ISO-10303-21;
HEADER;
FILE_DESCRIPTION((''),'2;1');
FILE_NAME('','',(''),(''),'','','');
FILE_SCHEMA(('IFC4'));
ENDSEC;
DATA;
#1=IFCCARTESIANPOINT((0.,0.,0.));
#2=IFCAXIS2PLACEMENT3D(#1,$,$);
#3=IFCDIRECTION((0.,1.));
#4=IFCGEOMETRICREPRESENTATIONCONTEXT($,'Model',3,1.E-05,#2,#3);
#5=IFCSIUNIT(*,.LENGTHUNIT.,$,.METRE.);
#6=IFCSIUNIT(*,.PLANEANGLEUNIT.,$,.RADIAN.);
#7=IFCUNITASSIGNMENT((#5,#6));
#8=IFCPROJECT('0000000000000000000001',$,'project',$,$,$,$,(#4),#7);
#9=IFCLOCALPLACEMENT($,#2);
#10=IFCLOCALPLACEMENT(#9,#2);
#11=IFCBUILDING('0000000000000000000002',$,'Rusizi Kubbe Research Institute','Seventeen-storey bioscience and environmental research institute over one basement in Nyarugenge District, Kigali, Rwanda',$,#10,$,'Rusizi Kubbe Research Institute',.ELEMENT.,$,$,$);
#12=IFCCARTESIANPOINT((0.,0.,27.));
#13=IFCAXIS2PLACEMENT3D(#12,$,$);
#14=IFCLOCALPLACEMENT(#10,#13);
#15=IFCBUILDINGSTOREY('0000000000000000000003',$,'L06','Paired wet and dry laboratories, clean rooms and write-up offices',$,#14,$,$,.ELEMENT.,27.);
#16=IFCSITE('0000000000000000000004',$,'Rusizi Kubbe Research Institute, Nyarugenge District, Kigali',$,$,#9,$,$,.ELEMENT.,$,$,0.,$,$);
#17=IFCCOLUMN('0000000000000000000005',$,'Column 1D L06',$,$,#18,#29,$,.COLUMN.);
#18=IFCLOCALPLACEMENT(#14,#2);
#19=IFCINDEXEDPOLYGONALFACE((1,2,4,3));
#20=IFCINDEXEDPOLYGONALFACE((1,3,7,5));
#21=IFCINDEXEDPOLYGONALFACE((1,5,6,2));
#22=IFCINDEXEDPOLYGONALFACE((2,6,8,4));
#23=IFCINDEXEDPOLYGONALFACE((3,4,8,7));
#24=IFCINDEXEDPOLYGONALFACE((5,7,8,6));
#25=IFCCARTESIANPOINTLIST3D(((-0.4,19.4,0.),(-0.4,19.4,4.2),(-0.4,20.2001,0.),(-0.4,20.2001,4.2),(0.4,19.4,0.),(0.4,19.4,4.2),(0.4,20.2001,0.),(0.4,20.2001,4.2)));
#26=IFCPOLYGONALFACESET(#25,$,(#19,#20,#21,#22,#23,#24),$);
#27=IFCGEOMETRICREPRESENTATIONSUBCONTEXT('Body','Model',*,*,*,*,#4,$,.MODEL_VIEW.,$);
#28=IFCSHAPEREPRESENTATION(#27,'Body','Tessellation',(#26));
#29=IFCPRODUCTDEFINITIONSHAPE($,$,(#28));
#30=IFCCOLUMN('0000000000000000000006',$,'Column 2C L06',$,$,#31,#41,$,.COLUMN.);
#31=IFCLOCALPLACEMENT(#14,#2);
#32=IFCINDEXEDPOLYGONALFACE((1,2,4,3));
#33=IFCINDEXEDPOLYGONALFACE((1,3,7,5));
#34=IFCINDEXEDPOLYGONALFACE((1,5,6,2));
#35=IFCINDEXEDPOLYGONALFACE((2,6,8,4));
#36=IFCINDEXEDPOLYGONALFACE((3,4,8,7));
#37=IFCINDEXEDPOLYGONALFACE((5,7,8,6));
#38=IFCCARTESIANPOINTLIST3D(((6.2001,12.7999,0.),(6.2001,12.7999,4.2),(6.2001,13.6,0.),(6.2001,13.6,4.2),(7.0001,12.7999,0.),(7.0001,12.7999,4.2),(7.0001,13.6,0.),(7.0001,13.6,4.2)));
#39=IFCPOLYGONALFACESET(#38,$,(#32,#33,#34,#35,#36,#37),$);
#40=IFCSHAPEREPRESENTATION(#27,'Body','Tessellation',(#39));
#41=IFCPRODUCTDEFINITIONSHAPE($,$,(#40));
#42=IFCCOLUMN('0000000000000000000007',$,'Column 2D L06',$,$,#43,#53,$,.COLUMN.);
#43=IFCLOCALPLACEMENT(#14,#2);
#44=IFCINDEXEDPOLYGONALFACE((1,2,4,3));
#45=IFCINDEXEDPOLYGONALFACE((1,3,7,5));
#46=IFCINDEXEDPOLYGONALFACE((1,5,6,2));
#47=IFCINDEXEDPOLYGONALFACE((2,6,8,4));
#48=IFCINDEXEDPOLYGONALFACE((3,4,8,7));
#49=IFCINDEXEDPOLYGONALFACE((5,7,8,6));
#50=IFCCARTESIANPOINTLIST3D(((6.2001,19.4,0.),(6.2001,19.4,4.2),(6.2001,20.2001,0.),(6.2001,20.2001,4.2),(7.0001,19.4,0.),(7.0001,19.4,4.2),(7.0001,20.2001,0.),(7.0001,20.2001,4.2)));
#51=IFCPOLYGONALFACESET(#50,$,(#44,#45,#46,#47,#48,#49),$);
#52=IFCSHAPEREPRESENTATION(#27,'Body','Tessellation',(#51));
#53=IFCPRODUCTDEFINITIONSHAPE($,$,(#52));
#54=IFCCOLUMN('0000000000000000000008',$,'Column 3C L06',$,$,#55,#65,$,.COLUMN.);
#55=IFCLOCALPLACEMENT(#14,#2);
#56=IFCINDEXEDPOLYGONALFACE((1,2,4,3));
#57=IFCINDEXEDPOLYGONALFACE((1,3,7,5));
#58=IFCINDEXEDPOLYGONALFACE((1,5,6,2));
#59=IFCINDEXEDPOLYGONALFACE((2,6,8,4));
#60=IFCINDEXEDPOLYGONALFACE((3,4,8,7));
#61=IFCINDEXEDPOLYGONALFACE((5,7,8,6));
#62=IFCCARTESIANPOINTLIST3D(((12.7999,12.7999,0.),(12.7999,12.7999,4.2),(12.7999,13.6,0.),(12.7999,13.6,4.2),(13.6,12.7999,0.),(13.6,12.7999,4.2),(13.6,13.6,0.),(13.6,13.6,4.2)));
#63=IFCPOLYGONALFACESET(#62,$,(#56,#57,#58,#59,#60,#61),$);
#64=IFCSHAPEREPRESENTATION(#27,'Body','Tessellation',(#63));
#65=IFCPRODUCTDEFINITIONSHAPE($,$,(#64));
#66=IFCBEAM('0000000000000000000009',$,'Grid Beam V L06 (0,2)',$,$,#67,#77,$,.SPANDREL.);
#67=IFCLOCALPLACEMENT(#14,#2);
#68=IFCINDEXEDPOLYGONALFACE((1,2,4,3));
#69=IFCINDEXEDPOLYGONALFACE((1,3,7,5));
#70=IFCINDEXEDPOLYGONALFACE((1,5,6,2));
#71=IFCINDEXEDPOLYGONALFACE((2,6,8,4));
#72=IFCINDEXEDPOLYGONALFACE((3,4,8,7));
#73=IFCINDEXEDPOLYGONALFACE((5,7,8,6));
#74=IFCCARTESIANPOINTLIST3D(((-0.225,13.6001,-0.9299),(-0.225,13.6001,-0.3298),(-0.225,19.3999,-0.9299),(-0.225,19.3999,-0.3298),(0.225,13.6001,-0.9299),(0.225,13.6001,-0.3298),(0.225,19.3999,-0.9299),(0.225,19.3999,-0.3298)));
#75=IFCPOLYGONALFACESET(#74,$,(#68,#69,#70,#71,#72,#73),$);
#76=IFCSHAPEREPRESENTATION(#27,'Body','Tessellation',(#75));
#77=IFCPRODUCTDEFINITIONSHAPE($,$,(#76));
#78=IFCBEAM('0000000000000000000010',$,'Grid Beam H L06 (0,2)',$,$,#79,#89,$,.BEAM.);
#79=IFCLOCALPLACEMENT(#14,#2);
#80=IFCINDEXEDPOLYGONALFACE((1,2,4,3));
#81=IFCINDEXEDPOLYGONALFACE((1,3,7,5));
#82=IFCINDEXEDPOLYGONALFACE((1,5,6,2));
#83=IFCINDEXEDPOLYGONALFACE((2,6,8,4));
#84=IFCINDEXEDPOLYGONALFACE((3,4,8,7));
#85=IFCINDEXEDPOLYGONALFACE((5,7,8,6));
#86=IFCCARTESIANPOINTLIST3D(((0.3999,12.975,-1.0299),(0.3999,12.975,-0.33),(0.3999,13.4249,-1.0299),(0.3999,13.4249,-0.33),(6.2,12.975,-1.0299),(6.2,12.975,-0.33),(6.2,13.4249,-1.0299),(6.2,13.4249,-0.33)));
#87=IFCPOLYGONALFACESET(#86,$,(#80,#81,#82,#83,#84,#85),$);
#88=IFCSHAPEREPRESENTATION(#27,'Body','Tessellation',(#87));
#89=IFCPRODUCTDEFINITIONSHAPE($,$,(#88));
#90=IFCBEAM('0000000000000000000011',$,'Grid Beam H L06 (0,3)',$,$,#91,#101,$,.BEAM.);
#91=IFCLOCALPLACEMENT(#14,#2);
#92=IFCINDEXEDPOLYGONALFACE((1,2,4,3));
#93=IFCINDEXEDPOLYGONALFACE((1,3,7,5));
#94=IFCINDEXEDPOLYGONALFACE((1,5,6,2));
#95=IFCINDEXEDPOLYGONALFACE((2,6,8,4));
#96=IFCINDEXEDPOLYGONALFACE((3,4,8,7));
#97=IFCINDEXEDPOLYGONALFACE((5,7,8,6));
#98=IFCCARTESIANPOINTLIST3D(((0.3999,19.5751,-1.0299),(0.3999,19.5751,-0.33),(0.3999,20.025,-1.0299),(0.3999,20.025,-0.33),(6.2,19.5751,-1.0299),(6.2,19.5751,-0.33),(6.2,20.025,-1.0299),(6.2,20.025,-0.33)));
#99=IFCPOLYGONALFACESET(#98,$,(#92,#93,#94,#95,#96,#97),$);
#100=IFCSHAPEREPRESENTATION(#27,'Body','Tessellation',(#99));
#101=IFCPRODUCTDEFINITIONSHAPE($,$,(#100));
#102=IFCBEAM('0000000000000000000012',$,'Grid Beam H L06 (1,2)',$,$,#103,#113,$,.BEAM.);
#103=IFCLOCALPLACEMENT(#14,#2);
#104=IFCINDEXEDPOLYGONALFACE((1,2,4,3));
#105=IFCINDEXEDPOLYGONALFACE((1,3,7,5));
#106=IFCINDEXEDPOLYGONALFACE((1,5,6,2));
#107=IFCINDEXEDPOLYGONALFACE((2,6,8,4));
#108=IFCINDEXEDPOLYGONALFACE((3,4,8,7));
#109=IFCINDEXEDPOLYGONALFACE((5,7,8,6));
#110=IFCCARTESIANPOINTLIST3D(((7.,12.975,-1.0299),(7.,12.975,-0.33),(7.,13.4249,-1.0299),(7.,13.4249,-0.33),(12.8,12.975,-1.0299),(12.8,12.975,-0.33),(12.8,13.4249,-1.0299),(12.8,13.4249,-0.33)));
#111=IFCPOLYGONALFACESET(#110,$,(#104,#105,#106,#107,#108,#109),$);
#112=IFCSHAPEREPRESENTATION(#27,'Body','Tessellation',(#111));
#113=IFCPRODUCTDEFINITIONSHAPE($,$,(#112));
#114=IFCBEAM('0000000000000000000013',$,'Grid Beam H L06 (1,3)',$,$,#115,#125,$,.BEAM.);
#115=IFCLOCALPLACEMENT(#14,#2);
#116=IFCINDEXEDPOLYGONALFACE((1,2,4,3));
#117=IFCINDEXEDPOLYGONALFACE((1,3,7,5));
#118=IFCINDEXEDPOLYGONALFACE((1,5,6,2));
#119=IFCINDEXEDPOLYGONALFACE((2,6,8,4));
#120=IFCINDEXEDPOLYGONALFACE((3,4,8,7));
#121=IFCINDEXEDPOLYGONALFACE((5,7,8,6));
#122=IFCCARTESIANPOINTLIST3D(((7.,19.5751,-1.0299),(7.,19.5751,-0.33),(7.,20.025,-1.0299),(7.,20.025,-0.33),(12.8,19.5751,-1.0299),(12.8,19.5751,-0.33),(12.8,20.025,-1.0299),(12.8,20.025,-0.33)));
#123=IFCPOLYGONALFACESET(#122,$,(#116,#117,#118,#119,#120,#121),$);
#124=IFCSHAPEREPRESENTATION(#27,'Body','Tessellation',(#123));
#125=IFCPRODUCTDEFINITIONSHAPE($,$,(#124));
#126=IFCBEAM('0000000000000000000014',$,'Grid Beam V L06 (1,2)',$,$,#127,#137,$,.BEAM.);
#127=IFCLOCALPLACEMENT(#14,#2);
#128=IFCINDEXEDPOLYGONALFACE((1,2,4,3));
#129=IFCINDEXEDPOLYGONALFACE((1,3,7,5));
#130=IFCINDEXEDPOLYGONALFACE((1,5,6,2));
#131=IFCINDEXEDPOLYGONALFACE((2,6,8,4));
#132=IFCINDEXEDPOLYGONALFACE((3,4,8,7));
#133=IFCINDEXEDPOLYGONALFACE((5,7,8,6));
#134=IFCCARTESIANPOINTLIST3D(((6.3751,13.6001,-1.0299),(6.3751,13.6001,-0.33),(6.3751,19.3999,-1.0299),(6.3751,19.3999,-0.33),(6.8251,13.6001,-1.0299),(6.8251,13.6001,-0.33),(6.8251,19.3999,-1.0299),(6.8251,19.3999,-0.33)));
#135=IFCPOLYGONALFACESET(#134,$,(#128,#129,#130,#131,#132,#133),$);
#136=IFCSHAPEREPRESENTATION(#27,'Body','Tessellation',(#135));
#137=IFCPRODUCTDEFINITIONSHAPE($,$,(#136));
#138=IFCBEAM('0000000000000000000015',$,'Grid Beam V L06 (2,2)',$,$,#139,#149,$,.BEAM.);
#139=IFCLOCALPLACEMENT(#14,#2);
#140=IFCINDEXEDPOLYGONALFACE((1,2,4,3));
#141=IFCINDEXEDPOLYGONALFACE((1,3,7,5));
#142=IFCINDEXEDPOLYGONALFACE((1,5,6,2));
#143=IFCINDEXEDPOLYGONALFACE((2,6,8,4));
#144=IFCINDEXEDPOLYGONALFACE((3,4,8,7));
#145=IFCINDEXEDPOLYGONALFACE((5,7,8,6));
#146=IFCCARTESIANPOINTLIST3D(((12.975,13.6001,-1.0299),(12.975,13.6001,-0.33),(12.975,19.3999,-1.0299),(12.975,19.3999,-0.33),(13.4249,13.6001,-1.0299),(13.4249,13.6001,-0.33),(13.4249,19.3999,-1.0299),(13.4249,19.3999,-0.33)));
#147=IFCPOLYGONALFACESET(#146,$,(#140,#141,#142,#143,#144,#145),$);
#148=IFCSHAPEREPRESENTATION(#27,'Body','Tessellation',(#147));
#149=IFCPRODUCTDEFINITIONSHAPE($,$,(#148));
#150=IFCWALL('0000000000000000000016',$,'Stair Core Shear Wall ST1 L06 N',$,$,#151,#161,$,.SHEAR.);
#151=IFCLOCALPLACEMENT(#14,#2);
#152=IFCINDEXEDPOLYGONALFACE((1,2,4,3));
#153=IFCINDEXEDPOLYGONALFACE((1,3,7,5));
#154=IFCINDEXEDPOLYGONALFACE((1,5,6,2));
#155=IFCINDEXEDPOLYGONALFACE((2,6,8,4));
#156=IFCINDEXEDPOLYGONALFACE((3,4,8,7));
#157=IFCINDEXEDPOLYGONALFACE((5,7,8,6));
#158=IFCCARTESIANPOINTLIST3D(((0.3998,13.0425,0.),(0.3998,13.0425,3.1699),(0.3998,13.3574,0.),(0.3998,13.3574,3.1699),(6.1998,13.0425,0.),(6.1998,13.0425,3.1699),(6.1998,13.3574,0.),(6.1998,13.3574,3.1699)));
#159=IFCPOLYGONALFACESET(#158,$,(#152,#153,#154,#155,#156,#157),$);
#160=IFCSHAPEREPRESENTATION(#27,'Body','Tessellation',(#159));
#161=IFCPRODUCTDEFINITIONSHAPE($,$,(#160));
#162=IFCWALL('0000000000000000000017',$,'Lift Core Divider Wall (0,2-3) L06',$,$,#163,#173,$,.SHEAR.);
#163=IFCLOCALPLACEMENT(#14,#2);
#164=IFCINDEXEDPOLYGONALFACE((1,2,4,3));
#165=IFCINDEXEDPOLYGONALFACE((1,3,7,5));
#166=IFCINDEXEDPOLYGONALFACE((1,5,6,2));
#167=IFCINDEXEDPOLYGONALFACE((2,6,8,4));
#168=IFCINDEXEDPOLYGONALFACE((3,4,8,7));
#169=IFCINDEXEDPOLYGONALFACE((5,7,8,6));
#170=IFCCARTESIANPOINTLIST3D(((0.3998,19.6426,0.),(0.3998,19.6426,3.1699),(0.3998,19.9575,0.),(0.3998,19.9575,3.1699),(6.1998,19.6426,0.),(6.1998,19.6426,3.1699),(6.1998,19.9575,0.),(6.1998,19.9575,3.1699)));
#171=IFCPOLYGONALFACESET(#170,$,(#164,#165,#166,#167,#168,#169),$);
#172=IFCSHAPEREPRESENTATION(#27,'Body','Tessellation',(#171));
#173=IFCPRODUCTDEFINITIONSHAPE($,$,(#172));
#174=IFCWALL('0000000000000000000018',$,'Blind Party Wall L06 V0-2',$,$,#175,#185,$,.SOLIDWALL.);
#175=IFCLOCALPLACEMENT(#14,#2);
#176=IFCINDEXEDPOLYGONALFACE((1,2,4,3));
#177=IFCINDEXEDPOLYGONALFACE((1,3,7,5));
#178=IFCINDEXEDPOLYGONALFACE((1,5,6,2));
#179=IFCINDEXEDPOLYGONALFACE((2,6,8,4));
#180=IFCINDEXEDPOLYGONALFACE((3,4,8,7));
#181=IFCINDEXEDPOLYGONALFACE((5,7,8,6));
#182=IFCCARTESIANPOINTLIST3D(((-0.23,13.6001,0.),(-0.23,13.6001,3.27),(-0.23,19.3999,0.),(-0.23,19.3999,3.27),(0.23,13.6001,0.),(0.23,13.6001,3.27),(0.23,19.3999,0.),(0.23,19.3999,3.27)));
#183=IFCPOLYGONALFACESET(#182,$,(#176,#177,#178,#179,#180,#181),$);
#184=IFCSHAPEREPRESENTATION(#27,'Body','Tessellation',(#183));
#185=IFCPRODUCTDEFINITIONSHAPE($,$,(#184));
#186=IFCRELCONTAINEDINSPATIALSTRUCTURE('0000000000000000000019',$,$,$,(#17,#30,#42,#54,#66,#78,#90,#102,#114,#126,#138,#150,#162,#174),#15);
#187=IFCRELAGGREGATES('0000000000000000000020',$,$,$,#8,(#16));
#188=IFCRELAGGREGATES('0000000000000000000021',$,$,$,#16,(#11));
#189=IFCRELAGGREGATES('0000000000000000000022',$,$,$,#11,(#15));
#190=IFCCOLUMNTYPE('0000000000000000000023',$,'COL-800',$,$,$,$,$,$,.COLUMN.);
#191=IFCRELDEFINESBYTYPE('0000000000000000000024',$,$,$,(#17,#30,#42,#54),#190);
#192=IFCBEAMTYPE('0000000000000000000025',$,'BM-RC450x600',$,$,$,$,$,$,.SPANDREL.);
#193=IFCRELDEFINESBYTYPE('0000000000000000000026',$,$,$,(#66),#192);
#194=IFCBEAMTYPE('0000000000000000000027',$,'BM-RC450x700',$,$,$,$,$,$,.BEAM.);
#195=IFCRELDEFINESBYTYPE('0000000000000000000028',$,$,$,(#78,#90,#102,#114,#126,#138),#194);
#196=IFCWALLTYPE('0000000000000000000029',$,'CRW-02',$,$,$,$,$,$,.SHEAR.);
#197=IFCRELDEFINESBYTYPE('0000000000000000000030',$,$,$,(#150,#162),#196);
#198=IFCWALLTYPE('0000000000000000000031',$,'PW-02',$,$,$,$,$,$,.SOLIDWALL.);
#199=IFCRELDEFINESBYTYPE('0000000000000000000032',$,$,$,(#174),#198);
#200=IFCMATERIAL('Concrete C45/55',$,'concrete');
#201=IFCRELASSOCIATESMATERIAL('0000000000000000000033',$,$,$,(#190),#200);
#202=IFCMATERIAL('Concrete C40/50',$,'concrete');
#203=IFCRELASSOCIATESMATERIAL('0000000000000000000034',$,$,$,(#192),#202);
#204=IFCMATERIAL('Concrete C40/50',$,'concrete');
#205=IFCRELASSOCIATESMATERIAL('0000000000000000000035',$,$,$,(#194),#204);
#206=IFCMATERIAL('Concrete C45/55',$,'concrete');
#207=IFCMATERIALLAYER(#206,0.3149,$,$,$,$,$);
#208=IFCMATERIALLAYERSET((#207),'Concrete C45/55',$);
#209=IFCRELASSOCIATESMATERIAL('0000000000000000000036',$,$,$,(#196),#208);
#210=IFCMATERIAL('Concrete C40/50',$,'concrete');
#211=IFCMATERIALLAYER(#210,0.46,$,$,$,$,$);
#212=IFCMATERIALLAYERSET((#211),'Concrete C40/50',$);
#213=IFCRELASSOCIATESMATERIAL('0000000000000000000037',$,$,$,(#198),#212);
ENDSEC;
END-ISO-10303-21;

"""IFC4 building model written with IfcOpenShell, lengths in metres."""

from ifc_helpers import new_model, si_unit, direction, frame, frame_2d, origin, origin_2d, place, context, subcontext, project, spatial, rectangle, extrude, material, layer, layer_set, material_profile, profile_set, type_object, element, save


model = new_model("IFC4")

# Units and contexts
model_context = context("Model", 3, precision=1e-05, world=origin(), true_north=direction((0.0, 1.0)))
body_context = subcontext(model_context, "Body", "Model", "MODEL_VIEW")
ifc_project = project(units=[si_unit("LENGTHUNIT", "METRE"), si_unit("PLANEANGLEUNIT", "RADIAN")], contexts=[model_context])

# Site, building, storey
site_placement = place(None, origin())
site = spatial("IfcSite", under=ifc_project, at=site_placement, Name="Rusizi Kubbe Research Institute, Nyarugenge District, Kigali", CompositionType="ELEMENT", RefElevation=0.0)
building_placement = place(site_placement, origin())
building = spatial("IfcBuilding", under=site, at=building_placement, Name="Rusizi Kubbe Research Institute", Description="Seventeen-storey bioscience and environmental research institute over one basement in Nyarugenge District, Kigali, Rwanda", LongName="Rusizi Kubbe Research Institute", CompositionType="ELEMENT")
storey_placement = place(building_placement, frame((0.0, 0.0, 27.0)))
storey = spatial("IfcBuildingStorey", under=building, at=storey_placement, Name="L06", Description="Paired wet and dry laboratories, clean rooms and write-up offices", CompositionType="ELEMENT", Elevation=27.0)

# Columns
ifc_material_1 = material(Name="Concrete C45/55", Category="concrete")
ifc_material_profile_1 = material_profile(ifc_material_1, rectangle(XDim=0.8, YDim=0.8, at=origin_2d()), Name="RC800x800")
ifc_profile_set_1 = profile_set([ifc_material_profile_1], Name="Concrete C45/55")
column_type = type_object("IfcColumnType", Name="COL-800", PredefinedType="COLUMN", material=ifc_profile_set_1)
for number, where, z_axis, x_axis, name in (
    (1, (0.0, 19.8, 0.0), (0.0, 0.0, 1.0), (1.0, 0.0, 0.0), "Column 1D L06"),
    (2, (6.6001, 13.2, 0.0), (0.0, 0.0, 1.0), (1.0, 0.0, 0.0), "Column 2C L06"),
    (3, (6.6001, 19.8, 0.0), (0.0, 0.0, 1.0), (1.0, 0.0, 0.0), "Column 2D L06"),
    (4, (13.2, 13.2, 0.0), (0.0, 0.0, 1.0), (1.0, 0.0, 0.0), "Column 3C L06"),
):
    element("IfcColumn", number, at=place(storey_placement, frame(where, z_axis=z_axis, x_axis=x_axis)), inside=storey, type_object=column_type, Name=name, PredefinedType="COLUMN", context=body_context, shape_type="SweptSolid", body=[
        extrude(rectangle(XDim=0.8, YDim=0.8, at=origin_2d()), origin(), (0.0, 0.0, 1.0), 4.2),
    ])

# Beams
ifc_material_2 = material(Name="Concrete C40/50", Category="concrete")
ifc_material_profile_2 = material_profile(ifc_material_2, rectangle(XDim=0.45, YDim=0.6001, at=origin_2d()), Name="RC450x600")
ifc_profile_set_2 = profile_set([ifc_material_profile_2], Name="Concrete C40/50")
beam_type_1 = type_object("IfcBeamType", Name="BM-RC450x600", PredefinedType="SPANDREL", material=ifc_profile_set_2)
beam_placement = place(storey_placement, frame((0.0, 13.6001, -0.6299), z_axis=(0.0, 1.0, 0.0), x_axis=(-1.0, 0.0, 0.0)))
element("IfcBeam", 5, at=beam_placement, inside=storey, type_object=beam_type_1, Name="Grid Beam V L06 (0,2)", PredefinedType="SPANDREL", context=body_context, shape_type="SweptSolid", body=[
    extrude(rectangle(XDim=0.45, YDim=0.6001, at=origin_2d()), origin(), (0.0, 0.0, 1.0), 5.7998),
])
ifc_material_3 = material(Name="Concrete C40/50", Category="concrete")
ifc_material_profile_3 = material_profile(ifc_material_3, rectangle(XDim=0.45, YDim=0.7, at=origin_2d()), Name="RC450x700B")
ifc_profile_set_3 = profile_set([ifc_material_profile_3], Name="Concrete C40/50")
beam_type_2 = type_object("IfcBeamType", Name="BM-RC450x700", PredefinedType="BEAM", material=ifc_profile_set_3)
for number, where, z_axis, x_axis, name in (
    (6, (0.3999, 13.2, -0.6799), (1.0, 0.0, 0.0), (0.0, 1.0, 0.0), "Grid Beam H L06 (0,2)"),
    (7, (0.3999, 19.8, -0.6799), (1.0, 0.0, 0.0), (0.0, 1.0, 0.0), "Grid Beam H L06 (0,3)"),
    (8, (7.0, 13.2, -0.6799), (1.0, 0.0, 0.0), (0.0, 1.0, 0.0), "Grid Beam H L06 (1,2)"),
    (9, (7.0, 19.8, -0.6799), (1.0, 0.0, 0.0), (0.0, 1.0, 0.0), "Grid Beam H L06 (1,3)"),
):
    element("IfcBeam", number, at=place(storey_placement, frame(where, z_axis=z_axis, x_axis=x_axis)), inside=storey, type_object=beam_type_2, Name=name, PredefinedType="BEAM", context=body_context, shape_type="SweptSolid", body=[
        extrude(rectangle(XDim=0.45, YDim=0.7, at=origin_2d()), origin(), (0.0, 0.0, 1.0), 5.8),
    ])
for number, where, z_axis, x_axis, name in (
    (10, (6.6001, 13.6001, -0.6799), (0.0, 1.0, 0.0), (-1.0, 0.0, 0.0), "Grid Beam V L06 (1,2)"),
    (11, (13.2, 13.6001, -0.6799), (0.0, 1.0, 0.0), (-1.0, 0.0, 0.0), "Grid Beam V L06 (2,2)"),
):
    element("IfcBeam", number, at=place(storey_placement, frame(where, z_axis=z_axis, x_axis=x_axis)), inside=storey, type_object=beam_type_2, Name=name, PredefinedType="BEAM", context=body_context, shape_type="SweptSolid", body=[
        extrude(rectangle(XDim=0.45, YDim=0.7, at=origin_2d()), origin(), (0.0, 0.0, 1.0), 5.7998),
    ])

# Walls
ifc_material_4 = material(Name="Concrete C45/55", Category="concrete")
ifc_layer_1 = layer(ifc_material_4, 0.3149)
ifc_layer_set_1 = layer_set([ifc_layer_1], Name="Concrete C45/55")
wall_type_1 = type_object("IfcWallType", Name="CRW-02", PredefinedType="SHEAR", material=ifc_layer_set_1)
for number, where, z_axis, x_axis, name in (
    (12, (0.3999, 13.2, 0.0), (0.0, 0.0, 1.0), (1.0, 0.0, 0.0), "Stair Core Shear Wall ST1 L06 N"),
    (13, (0.3999, 19.8, 0.0), (0.0, 0.0, 1.0), (1.0, 0.0, 0.0), "Lift Core Divider Wall (0,2-3) L06"),
):
    element("IfcWall", number, at=place(storey_placement, frame(where, z_axis=z_axis, x_axis=x_axis)), inside=storey, type_object=wall_type_1, Name=name, PredefinedType="SHEAR", context=body_context, shape_type="SweptSolid", body=[
        extrude(rectangle(XDim=5.8, YDim=0.3149, at=frame_2d((2.8999, 0.0))), origin(), (0.0, 0.0, 1.0), 3.1699),
    ])

# Wall
ifc_material_5 = material(Name="Concrete C40/50", Category="concrete")
ifc_layer_2 = layer(ifc_material_5, 0.46)
ifc_layer_set_2 = layer_set([ifc_layer_2], Name="Concrete C40/50")
wall_type_2 = type_object("IfcWallType", Name="PW-02", PredefinedType="SOLIDWALL", material=ifc_layer_set_2)
wall_1_placement = place(storey_placement, frame((0.0, 13.6001, 0.0), z_axis=(0.0, 0.0, 1.0), x_axis=(0.0, 1.0, 0.0)))
element("IfcWall", 14, at=wall_1_placement, inside=storey, type_object=wall_type_2, Name="Blind Party Wall L06 V0-2", PredefinedType="SOLIDWALL", context=body_context, shape_type="SweptSolid", body=[
    extrude(rectangle(XDim=5.7998, YDim=0.46, at=frame_2d((2.8999, 0.0))), origin(), (0.0, 0.0, 1.0), 3.27),
])

save(model, "model.ifc")
